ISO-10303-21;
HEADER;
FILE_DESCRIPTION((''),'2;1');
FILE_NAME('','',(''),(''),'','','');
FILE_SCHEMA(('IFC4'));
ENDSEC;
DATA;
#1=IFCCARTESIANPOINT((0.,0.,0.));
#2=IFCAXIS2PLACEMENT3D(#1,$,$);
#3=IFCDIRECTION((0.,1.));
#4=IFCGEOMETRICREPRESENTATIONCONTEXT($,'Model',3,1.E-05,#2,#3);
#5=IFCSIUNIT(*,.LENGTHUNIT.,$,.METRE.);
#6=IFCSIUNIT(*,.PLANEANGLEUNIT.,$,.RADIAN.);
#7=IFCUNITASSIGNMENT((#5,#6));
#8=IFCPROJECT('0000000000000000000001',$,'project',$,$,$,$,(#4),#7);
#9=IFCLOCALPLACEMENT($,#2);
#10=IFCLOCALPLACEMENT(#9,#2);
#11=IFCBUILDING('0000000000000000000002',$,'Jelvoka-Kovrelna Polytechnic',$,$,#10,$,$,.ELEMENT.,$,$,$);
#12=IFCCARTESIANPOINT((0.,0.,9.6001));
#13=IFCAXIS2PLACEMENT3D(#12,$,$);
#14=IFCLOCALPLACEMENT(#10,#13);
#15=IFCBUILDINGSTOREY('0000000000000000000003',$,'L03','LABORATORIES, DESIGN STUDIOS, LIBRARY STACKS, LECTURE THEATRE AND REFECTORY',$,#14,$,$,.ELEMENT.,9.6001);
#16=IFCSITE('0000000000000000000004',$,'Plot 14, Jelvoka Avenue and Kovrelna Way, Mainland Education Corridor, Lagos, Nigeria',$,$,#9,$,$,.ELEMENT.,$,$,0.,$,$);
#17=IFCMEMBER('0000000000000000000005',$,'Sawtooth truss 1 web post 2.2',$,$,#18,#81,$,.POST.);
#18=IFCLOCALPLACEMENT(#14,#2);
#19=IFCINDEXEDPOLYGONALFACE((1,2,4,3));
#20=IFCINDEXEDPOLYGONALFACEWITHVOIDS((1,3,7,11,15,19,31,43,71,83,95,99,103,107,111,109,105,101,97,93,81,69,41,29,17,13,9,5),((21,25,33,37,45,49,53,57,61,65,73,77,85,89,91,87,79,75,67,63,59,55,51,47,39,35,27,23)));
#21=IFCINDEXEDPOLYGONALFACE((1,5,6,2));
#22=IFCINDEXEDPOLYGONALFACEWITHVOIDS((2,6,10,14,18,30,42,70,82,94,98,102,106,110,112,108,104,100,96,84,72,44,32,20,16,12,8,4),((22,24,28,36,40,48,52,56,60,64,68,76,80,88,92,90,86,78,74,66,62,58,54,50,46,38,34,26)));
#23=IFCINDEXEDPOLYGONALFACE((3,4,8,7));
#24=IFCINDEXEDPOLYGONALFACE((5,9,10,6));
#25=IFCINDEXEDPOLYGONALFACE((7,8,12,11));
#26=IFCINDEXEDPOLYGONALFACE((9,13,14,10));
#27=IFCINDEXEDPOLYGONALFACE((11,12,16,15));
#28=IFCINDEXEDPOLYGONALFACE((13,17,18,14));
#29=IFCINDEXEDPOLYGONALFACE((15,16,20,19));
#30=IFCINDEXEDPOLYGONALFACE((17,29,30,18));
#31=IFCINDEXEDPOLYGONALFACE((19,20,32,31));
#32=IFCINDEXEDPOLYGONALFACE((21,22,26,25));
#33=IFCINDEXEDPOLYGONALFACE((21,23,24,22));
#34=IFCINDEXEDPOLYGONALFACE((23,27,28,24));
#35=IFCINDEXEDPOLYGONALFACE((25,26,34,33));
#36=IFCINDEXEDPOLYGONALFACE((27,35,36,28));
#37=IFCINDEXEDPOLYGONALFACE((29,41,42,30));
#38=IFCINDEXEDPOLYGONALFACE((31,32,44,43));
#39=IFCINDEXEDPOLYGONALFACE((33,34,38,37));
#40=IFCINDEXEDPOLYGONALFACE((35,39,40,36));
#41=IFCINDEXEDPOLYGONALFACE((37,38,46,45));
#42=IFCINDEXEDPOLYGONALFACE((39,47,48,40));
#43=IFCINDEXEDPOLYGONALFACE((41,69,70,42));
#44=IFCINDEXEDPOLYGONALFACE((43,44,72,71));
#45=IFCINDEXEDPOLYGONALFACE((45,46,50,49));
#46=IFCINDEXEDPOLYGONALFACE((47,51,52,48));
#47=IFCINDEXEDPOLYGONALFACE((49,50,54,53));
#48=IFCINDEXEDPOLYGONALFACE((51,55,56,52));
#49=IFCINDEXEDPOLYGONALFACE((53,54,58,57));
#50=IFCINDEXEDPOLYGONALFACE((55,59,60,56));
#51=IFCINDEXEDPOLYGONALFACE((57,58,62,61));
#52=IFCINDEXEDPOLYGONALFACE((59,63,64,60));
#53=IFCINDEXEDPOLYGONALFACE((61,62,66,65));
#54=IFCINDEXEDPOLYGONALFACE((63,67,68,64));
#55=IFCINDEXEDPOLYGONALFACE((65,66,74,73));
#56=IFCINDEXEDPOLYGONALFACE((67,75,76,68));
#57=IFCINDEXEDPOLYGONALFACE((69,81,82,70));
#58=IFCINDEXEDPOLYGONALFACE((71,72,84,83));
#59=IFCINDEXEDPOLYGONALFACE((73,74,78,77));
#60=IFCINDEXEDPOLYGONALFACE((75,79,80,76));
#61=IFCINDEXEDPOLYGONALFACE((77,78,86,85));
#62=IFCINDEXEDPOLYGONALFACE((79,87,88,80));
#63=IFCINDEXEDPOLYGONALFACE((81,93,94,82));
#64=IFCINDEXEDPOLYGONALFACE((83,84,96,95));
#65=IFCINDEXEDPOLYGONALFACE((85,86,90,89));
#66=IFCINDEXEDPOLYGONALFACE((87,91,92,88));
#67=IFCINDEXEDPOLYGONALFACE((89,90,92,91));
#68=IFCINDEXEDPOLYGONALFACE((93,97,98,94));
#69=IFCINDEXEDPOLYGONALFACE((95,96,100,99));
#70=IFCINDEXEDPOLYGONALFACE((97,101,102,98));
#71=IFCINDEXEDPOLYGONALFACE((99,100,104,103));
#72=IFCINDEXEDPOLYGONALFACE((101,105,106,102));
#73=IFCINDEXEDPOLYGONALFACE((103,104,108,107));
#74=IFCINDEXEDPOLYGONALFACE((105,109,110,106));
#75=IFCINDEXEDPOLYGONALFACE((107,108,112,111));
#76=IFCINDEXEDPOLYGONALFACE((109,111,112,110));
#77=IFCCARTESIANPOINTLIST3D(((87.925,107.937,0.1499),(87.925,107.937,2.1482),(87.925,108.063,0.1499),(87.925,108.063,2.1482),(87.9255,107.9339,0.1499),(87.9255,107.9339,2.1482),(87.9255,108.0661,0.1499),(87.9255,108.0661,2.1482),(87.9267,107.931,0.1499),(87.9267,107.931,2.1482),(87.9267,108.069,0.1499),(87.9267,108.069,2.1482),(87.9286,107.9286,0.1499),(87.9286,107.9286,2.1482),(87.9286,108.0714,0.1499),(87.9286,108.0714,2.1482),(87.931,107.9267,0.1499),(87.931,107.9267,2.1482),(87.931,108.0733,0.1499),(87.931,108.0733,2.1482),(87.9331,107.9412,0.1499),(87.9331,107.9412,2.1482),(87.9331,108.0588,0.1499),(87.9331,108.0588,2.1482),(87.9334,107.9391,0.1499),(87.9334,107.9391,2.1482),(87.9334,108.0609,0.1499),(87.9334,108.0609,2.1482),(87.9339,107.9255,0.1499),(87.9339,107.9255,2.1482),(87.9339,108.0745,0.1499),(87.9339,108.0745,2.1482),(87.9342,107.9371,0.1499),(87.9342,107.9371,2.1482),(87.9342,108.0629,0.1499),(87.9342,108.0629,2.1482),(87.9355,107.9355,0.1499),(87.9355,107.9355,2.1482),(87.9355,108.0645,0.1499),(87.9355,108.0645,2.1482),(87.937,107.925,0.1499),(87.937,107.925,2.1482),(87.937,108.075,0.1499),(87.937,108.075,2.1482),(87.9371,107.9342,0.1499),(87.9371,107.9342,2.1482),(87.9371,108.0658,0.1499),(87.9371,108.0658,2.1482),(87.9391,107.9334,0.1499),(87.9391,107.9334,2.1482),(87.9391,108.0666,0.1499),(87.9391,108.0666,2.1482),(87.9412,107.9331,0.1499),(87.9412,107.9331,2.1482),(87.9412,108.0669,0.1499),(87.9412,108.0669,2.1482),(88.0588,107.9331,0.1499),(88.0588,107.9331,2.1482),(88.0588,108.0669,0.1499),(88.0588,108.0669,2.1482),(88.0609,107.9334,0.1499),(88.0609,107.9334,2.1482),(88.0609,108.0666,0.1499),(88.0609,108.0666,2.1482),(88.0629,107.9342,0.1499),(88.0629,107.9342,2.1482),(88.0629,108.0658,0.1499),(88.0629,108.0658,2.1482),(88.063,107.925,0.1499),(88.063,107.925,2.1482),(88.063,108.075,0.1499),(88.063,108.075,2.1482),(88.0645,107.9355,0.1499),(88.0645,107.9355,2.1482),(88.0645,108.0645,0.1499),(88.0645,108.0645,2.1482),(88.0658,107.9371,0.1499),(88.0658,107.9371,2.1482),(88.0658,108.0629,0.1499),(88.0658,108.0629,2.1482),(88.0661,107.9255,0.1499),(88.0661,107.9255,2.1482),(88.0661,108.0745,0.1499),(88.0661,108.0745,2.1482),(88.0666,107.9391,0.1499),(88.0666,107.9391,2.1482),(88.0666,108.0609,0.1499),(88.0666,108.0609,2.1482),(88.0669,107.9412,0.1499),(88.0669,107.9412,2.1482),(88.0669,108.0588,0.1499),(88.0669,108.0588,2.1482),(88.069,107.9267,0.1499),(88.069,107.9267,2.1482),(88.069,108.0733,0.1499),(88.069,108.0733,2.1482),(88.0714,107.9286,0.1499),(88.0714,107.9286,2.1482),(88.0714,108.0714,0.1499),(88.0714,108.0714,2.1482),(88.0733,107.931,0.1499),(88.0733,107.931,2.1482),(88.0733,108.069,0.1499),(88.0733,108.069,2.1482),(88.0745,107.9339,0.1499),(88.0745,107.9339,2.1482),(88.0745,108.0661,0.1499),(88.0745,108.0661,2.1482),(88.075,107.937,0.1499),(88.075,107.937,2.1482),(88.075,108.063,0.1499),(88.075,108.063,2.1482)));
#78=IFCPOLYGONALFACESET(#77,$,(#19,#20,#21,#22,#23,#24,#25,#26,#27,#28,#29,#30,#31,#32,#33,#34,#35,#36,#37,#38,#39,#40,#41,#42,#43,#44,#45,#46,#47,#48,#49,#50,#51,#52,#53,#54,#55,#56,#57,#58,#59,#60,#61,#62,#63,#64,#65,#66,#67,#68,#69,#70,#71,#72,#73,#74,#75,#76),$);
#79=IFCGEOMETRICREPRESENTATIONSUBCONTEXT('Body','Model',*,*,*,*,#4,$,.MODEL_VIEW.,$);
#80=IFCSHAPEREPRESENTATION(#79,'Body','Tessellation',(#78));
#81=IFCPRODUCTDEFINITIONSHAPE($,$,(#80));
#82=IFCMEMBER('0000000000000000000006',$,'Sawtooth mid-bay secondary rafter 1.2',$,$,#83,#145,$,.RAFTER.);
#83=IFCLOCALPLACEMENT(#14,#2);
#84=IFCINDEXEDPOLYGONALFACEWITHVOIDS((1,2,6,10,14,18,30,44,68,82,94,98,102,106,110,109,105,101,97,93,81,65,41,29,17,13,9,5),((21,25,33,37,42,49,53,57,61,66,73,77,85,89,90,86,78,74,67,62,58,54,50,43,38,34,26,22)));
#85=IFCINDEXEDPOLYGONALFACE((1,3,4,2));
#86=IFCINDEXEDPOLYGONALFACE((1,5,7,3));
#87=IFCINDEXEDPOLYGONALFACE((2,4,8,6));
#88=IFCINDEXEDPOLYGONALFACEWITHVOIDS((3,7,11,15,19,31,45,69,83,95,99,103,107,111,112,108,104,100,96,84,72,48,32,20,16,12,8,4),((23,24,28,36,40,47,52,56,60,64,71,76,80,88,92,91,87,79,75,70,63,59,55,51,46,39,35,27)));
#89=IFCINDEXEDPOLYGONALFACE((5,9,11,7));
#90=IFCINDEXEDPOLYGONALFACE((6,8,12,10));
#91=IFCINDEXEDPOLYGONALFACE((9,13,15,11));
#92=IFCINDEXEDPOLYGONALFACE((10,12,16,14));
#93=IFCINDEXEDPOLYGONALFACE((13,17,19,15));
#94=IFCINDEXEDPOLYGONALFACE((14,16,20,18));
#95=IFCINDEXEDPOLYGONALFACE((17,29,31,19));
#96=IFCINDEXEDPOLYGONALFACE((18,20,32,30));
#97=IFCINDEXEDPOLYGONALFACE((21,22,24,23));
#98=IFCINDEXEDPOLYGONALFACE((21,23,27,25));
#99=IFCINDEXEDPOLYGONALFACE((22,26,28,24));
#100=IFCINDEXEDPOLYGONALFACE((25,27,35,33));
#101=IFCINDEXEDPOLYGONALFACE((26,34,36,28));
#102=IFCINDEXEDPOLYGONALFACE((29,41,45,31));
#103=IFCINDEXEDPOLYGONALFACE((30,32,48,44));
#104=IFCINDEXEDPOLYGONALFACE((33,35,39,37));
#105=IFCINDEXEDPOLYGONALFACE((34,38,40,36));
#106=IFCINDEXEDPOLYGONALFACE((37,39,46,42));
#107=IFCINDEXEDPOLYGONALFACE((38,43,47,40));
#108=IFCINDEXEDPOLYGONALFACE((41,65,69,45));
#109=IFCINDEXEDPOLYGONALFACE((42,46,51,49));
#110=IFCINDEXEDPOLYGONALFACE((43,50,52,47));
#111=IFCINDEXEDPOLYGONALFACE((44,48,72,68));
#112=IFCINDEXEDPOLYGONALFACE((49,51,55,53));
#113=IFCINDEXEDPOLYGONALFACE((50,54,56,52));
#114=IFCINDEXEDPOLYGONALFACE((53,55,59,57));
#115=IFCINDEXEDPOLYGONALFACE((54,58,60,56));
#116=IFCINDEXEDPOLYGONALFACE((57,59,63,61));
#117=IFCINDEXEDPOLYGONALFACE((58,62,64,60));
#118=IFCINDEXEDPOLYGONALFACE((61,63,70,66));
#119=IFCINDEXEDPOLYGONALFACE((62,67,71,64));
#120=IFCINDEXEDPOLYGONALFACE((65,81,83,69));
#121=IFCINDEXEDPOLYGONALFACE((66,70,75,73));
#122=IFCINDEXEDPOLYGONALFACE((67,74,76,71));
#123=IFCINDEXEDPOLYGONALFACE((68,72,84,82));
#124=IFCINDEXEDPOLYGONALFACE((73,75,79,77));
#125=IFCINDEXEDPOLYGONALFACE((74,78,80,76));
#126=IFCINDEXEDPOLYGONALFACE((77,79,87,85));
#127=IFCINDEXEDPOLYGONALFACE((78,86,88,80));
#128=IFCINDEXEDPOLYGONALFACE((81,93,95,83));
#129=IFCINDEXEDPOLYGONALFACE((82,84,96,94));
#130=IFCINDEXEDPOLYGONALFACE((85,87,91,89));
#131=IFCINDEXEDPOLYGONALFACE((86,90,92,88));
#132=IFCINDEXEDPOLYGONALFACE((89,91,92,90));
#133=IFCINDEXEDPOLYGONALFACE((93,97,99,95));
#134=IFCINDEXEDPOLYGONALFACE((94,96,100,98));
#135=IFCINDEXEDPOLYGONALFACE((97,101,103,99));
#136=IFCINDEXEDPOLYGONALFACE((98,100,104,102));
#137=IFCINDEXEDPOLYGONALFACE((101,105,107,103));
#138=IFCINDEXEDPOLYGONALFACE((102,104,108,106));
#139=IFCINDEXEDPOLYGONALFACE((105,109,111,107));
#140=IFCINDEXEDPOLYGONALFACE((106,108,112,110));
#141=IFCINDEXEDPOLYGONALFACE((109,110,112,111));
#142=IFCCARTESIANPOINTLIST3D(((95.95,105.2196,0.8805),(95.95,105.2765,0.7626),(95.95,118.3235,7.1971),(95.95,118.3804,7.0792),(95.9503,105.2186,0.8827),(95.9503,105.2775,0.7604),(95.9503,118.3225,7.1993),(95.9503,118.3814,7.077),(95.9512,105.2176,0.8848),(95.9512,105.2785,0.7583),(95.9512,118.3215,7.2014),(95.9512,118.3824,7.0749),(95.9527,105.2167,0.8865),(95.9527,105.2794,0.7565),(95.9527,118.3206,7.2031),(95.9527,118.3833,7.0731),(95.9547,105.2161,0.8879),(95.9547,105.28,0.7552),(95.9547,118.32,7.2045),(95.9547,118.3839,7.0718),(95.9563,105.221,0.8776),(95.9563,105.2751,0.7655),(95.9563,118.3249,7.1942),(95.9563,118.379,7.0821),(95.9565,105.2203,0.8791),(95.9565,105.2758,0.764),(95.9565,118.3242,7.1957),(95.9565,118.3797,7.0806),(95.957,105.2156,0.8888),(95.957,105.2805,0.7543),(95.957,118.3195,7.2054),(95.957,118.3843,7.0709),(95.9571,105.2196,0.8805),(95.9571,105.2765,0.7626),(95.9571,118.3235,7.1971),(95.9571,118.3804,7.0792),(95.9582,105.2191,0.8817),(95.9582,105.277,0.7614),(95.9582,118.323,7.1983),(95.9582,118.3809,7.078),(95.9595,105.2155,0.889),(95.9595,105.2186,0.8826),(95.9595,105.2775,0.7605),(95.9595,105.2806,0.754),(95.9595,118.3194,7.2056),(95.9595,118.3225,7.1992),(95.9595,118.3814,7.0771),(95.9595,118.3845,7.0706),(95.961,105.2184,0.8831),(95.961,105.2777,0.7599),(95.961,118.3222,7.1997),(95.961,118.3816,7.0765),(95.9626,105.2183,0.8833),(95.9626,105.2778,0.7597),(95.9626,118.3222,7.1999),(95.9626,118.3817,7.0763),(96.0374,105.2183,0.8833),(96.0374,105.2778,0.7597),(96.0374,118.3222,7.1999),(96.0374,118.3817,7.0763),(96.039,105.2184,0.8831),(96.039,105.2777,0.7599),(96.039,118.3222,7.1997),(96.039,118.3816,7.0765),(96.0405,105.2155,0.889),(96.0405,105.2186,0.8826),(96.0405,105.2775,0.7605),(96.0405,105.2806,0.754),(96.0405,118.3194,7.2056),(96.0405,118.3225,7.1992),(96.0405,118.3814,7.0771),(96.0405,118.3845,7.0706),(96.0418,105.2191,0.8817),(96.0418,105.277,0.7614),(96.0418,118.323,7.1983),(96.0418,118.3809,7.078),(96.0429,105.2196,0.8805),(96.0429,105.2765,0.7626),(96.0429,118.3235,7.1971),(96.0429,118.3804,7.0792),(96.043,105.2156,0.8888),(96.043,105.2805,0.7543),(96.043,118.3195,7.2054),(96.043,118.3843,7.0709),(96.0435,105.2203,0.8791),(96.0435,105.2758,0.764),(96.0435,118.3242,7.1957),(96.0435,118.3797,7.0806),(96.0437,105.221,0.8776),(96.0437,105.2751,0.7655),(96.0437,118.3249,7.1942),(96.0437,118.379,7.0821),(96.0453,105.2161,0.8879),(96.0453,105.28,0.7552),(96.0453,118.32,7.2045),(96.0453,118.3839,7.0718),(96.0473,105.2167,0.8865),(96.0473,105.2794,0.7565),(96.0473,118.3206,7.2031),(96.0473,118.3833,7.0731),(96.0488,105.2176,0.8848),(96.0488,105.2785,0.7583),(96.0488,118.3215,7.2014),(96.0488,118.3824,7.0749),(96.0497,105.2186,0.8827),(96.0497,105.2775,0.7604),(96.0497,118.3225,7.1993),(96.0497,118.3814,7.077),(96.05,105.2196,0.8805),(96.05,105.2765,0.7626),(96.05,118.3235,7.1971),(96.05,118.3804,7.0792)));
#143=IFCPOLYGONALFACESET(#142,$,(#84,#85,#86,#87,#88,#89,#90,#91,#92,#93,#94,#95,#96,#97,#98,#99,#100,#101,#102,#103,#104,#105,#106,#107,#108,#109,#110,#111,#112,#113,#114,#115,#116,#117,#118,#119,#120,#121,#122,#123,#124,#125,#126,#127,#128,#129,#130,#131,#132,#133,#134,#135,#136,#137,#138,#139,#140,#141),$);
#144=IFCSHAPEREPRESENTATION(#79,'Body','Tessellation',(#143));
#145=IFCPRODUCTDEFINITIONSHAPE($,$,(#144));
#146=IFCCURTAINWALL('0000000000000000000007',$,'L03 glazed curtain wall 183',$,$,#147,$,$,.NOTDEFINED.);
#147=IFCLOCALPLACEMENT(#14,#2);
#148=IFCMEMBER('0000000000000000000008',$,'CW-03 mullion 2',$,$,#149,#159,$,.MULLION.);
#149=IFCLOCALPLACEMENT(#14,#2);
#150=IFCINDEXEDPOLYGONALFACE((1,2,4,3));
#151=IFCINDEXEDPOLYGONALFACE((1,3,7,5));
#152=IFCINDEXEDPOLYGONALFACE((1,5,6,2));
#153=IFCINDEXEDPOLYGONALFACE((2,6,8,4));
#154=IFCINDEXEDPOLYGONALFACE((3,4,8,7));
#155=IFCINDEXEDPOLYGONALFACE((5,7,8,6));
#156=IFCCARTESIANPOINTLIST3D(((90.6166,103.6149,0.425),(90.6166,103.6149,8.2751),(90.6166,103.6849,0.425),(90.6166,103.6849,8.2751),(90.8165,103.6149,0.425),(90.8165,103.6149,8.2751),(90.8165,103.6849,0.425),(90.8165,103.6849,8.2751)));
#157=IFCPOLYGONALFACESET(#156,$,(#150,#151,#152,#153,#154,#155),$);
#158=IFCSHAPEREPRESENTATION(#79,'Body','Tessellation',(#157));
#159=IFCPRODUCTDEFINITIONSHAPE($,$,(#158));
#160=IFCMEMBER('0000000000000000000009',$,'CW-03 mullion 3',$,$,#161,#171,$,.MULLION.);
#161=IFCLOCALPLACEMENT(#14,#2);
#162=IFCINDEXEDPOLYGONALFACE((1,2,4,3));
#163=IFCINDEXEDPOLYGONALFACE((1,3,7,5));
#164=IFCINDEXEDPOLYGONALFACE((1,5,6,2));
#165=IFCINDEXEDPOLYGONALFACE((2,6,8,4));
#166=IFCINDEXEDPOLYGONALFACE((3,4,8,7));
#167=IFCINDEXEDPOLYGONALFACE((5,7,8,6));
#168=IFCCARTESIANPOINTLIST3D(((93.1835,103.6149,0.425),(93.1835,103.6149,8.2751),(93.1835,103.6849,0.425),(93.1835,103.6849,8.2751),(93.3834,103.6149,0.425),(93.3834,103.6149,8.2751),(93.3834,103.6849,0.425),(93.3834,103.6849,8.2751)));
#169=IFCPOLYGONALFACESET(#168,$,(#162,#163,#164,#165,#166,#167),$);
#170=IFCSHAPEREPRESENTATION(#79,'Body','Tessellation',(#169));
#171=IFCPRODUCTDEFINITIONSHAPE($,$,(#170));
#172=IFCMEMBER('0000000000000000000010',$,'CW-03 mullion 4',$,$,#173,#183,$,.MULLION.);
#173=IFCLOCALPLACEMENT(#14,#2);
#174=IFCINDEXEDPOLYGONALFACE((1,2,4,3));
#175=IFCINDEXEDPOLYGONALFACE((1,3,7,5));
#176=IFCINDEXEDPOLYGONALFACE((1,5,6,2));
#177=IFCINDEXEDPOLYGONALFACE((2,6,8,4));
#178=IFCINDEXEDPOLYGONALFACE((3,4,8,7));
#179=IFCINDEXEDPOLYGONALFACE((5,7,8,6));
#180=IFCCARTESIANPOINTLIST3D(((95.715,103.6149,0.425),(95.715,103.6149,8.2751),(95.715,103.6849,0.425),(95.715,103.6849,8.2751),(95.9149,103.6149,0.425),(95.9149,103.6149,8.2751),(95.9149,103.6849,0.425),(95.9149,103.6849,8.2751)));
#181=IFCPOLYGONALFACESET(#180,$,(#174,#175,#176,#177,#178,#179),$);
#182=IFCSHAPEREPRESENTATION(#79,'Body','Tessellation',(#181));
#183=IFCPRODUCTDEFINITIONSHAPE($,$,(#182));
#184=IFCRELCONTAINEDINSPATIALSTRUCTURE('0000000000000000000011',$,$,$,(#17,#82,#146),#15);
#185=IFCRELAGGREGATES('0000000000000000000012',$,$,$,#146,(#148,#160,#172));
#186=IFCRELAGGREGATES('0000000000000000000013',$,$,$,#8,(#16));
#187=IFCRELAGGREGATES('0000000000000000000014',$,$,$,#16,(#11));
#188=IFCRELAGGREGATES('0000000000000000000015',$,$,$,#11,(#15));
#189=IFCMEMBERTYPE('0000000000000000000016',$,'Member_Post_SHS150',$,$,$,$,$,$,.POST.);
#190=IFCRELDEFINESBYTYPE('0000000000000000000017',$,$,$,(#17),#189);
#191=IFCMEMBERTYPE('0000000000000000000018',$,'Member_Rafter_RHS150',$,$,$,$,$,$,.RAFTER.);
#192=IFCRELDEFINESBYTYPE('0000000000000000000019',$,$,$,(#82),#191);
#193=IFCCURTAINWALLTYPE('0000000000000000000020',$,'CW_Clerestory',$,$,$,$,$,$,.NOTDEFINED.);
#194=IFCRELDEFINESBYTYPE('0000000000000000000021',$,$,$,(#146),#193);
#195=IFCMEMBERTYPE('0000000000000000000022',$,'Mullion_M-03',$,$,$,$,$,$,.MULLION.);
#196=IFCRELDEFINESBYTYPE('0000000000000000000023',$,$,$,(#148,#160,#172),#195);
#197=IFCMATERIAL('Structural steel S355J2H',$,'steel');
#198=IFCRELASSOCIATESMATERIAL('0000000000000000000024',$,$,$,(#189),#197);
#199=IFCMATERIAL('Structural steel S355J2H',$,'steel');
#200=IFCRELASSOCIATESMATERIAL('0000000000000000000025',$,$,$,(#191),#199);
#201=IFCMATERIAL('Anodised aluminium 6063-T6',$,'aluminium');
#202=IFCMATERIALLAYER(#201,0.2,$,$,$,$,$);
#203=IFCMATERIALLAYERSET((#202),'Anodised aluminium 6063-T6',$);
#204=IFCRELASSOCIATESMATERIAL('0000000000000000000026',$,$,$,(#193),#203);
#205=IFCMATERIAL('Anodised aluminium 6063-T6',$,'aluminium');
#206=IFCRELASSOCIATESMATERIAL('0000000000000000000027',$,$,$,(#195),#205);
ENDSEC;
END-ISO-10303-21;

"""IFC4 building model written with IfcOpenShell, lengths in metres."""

from ifc_helpers import new_model, si_unit, direction, frame, origin, origin_2d, place, context, subcontext, project, spatial, rectangle, hollow_rectangle, extrude, material, layer, layer_set, material_profile, profile_set, type_object, element, aggregate, save


model = new_model("IFC4")

# Units and contexts
model_context = context("Model", 3, precision=1e-05, world=origin(), true_north=direction((0.0, 1.0)))
body_context = subcontext(model_context, "Body", "Model", "MODEL_VIEW")
ifc_project = project(units=[si_unit("LENGTHUNIT", "METRE"), si_unit("PLANEANGLEUNIT", "RADIAN")], contexts=[model_context])

# Site, building, storey
site_placement = place(None, origin())
site = spatial("IfcSite", under=ifc_project, at=site_placement, Name="Plot 14, Jelvoka Avenue and Kovrelna Way, Mainland Education Corridor, Lagos, Nigeria", CompositionType="ELEMENT", RefElevation=0.0)
building_placement = place(site_placement, origin())
building = spatial("IfcBuilding", under=site, at=building_placement, Name="Jelvoka-Kovrelna Polytechnic", CompositionType="ELEMENT")
storey_placement = place(building_placement, frame((0.0, 0.0, 9.6001)))
storey = spatial("IfcBuildingStorey", under=building, at=storey_placement, Name="L03", Description="LABORATORIES, DESIGN STUDIOS, LIBRARY STACKS, LECTURE THEATRE AND REFECTORY", CompositionType="ELEMENT", Elevation=9.6001)

# Members
ifc_material_1 = material(Name="Structural steel S355J2H", Category="steel")
ifc_material_profile_1 = material_profile(ifc_material_1, hollow_rectangle(XDim=0.1499, YDim=0.1499, WallThickness=0.0081, InnerFilletRadius=0.0081, OuterFilletRadius=0.012, at=origin_2d()), Name="150x150x8.0 SHS")
ifc_profile_set_1 = profile_set([ifc_material_profile_1], Name="Structural steel S355J2H")
member_type_1 = type_object("IfcMemberType", Name="Member_Post_SHS150", PredefinedType="POST", material=ifc_profile_set_1)
member_1_placement = place(storey_placement, frame((88.0, 108.0, 0.1499), z_axis=(0.0, 0.0, 1.0), x_axis=(1.0, 0.0, 0.0)))
element("IfcMember", 1, at=member_1_placement, inside=storey, type_object=member_type_1, Name="Sawtooth truss 1 web post 2.2", PredefinedType="POST", context=body_context, shape_type="SweptSolid", body=[
    extrude(hollow_rectangle(XDim=0.1499, YDim=0.1499, WallThickness=0.0081, InnerFilletRadius=0.0081, OuterFilletRadius=0.012, at=origin_2d()), origin(), (0.0, 0.0, 1.0), 1.9983),
])
ifc_material_2 = material(Name="Structural steel S355J2H", Category="steel")
ifc_material_profile_2 = material_profile(ifc_material_2, hollow_rectangle(XDim=0.1001, YDim=0.1499, WallThickness=0.0063, InnerFilletRadius=0.0063, OuterFilletRadius=0.0095, at=origin_2d()), Name="150x100x6.3 RHS")
ifc_profile_set_2 = profile_set([ifc_material_profile_2], Name="Structural steel S355J2H")
member_type_2 = type_object("IfcMemberType", Name="Member_Rafter_RHS150", PredefinedType="RAFTER", material=ifc_profile_set_2)
member_2_placement = place(storey_placement, frame((96.0, 105.248, 0.8215), z_axis=(0.0, 0.900805, 0.434224), x_axis=(-1.0, 0.0, 0.0)))
element("IfcMember", 2, at=member_2_placement, inside=storey, type_object=member_type_2, Name="Sawtooth mid-bay secondary rafter 1.2", PredefinedType="RAFTER", context=body_context, shape_type="SweptSolid", body=[
    extrude(hollow_rectangle(XDim=0.1001, YDim=0.1499, WallThickness=0.0063, InnerFilletRadius=0.0063, OuterFilletRadius=0.0095, at=origin_2d()), origin(), (0.0, 0.0, 1.0), 14.5469),
])

# Curtain wall, members
ifc_material_3 = material(Name="Anodised aluminium 6063-T6", Category="aluminium")
ifc_layer_1 = layer(ifc_material_3, 0.2)
ifc_layer_set_1 = layer_set([ifc_layer_1], Name="Anodised aluminium 6063-T6")
curtain_wall_type = type_object("IfcCurtainWallType", Name="CW_Clerestory", PredefinedType="NOTDEFINED", material=ifc_layer_set_1)
curtain_wall_placement = place(storey_placement, origin())
curtain_wall = element("IfcCurtainWall", 3, at=curtain_wall_placement, inside=storey, type_object=curtain_wall_type, Name="L03 glazed curtain wall 183", PredefinedType="NOTDEFINED")
ifc_material_4 = material(Name="Anodised aluminium 6063-T6", Category="aluminium")
ifc_material_profile_3 = material_profile(ifc_material_4, rectangle(XDim=0.0701, YDim=0.2, at=origin_2d()), Name="ALU 70x200")
ifc_profile_set_3 = profile_set([ifc_material_profile_3], Name="Anodised aluminium 6063-T6")
member_type_3 = type_object("IfcMemberType", Name="Mullion_M-03", PredefinedType="MULLION", material=ifc_profile_set_3)
member_3_placement = place(storey_placement, frame((90.7166, 103.6499, 0.425), z_axis=(0.0, 0.0, 1.0), x_axis=(0.0, 1.0, 0.0)))
member_3 = element("IfcMember", 4, at=member_3_placement, type_object=member_type_3, Name="CW-03 mullion 2", PredefinedType="MULLION", context=body_context, shape_type="SweptSolid", body=[
    extrude(rectangle(XDim=0.0701, YDim=0.2, at=origin_2d()), origin(), (0.0, 0.0, 1.0), 7.8501),
])
member_4_placement = place(storey_placement, frame((93.2834, 103.6499, 0.425), z_axis=(0.0, 0.0, 1.0), x_axis=(0.0, 1.0, 0.0)))
member_4 = element("IfcMember", 5, at=member_4_placement, type_object=member_type_3, Name="CW-03 mullion 3", PredefinedType="MULLION", context=body_context, shape_type="SweptSolid", body=[
    extrude(rectangle(XDim=0.0701, YDim=0.2, at=origin_2d()), origin(), (0.0, 0.0, 1.0), 7.8501),
])
member_5_placement = place(storey_placement, frame((95.8149, 103.6499, 0.425), z_axis=(0.0, 0.0, 1.0), x_axis=(0.0, 1.0, 0.0)))
member_5 = element("IfcMember", 6, at=member_5_placement, type_object=member_type_3, Name="CW-03 mullion 4", PredefinedType="MULLION", context=body_context, shape_type="SweptSolid", body=[
    extrude(rectangle(XDim=0.0701, YDim=0.2, at=origin_2d()), origin(), (0.0, 0.0, 1.0), 7.8501),
])

aggregate(curtain_wall, [member_3, member_4, member_5])

save(model, "model.ifc")
